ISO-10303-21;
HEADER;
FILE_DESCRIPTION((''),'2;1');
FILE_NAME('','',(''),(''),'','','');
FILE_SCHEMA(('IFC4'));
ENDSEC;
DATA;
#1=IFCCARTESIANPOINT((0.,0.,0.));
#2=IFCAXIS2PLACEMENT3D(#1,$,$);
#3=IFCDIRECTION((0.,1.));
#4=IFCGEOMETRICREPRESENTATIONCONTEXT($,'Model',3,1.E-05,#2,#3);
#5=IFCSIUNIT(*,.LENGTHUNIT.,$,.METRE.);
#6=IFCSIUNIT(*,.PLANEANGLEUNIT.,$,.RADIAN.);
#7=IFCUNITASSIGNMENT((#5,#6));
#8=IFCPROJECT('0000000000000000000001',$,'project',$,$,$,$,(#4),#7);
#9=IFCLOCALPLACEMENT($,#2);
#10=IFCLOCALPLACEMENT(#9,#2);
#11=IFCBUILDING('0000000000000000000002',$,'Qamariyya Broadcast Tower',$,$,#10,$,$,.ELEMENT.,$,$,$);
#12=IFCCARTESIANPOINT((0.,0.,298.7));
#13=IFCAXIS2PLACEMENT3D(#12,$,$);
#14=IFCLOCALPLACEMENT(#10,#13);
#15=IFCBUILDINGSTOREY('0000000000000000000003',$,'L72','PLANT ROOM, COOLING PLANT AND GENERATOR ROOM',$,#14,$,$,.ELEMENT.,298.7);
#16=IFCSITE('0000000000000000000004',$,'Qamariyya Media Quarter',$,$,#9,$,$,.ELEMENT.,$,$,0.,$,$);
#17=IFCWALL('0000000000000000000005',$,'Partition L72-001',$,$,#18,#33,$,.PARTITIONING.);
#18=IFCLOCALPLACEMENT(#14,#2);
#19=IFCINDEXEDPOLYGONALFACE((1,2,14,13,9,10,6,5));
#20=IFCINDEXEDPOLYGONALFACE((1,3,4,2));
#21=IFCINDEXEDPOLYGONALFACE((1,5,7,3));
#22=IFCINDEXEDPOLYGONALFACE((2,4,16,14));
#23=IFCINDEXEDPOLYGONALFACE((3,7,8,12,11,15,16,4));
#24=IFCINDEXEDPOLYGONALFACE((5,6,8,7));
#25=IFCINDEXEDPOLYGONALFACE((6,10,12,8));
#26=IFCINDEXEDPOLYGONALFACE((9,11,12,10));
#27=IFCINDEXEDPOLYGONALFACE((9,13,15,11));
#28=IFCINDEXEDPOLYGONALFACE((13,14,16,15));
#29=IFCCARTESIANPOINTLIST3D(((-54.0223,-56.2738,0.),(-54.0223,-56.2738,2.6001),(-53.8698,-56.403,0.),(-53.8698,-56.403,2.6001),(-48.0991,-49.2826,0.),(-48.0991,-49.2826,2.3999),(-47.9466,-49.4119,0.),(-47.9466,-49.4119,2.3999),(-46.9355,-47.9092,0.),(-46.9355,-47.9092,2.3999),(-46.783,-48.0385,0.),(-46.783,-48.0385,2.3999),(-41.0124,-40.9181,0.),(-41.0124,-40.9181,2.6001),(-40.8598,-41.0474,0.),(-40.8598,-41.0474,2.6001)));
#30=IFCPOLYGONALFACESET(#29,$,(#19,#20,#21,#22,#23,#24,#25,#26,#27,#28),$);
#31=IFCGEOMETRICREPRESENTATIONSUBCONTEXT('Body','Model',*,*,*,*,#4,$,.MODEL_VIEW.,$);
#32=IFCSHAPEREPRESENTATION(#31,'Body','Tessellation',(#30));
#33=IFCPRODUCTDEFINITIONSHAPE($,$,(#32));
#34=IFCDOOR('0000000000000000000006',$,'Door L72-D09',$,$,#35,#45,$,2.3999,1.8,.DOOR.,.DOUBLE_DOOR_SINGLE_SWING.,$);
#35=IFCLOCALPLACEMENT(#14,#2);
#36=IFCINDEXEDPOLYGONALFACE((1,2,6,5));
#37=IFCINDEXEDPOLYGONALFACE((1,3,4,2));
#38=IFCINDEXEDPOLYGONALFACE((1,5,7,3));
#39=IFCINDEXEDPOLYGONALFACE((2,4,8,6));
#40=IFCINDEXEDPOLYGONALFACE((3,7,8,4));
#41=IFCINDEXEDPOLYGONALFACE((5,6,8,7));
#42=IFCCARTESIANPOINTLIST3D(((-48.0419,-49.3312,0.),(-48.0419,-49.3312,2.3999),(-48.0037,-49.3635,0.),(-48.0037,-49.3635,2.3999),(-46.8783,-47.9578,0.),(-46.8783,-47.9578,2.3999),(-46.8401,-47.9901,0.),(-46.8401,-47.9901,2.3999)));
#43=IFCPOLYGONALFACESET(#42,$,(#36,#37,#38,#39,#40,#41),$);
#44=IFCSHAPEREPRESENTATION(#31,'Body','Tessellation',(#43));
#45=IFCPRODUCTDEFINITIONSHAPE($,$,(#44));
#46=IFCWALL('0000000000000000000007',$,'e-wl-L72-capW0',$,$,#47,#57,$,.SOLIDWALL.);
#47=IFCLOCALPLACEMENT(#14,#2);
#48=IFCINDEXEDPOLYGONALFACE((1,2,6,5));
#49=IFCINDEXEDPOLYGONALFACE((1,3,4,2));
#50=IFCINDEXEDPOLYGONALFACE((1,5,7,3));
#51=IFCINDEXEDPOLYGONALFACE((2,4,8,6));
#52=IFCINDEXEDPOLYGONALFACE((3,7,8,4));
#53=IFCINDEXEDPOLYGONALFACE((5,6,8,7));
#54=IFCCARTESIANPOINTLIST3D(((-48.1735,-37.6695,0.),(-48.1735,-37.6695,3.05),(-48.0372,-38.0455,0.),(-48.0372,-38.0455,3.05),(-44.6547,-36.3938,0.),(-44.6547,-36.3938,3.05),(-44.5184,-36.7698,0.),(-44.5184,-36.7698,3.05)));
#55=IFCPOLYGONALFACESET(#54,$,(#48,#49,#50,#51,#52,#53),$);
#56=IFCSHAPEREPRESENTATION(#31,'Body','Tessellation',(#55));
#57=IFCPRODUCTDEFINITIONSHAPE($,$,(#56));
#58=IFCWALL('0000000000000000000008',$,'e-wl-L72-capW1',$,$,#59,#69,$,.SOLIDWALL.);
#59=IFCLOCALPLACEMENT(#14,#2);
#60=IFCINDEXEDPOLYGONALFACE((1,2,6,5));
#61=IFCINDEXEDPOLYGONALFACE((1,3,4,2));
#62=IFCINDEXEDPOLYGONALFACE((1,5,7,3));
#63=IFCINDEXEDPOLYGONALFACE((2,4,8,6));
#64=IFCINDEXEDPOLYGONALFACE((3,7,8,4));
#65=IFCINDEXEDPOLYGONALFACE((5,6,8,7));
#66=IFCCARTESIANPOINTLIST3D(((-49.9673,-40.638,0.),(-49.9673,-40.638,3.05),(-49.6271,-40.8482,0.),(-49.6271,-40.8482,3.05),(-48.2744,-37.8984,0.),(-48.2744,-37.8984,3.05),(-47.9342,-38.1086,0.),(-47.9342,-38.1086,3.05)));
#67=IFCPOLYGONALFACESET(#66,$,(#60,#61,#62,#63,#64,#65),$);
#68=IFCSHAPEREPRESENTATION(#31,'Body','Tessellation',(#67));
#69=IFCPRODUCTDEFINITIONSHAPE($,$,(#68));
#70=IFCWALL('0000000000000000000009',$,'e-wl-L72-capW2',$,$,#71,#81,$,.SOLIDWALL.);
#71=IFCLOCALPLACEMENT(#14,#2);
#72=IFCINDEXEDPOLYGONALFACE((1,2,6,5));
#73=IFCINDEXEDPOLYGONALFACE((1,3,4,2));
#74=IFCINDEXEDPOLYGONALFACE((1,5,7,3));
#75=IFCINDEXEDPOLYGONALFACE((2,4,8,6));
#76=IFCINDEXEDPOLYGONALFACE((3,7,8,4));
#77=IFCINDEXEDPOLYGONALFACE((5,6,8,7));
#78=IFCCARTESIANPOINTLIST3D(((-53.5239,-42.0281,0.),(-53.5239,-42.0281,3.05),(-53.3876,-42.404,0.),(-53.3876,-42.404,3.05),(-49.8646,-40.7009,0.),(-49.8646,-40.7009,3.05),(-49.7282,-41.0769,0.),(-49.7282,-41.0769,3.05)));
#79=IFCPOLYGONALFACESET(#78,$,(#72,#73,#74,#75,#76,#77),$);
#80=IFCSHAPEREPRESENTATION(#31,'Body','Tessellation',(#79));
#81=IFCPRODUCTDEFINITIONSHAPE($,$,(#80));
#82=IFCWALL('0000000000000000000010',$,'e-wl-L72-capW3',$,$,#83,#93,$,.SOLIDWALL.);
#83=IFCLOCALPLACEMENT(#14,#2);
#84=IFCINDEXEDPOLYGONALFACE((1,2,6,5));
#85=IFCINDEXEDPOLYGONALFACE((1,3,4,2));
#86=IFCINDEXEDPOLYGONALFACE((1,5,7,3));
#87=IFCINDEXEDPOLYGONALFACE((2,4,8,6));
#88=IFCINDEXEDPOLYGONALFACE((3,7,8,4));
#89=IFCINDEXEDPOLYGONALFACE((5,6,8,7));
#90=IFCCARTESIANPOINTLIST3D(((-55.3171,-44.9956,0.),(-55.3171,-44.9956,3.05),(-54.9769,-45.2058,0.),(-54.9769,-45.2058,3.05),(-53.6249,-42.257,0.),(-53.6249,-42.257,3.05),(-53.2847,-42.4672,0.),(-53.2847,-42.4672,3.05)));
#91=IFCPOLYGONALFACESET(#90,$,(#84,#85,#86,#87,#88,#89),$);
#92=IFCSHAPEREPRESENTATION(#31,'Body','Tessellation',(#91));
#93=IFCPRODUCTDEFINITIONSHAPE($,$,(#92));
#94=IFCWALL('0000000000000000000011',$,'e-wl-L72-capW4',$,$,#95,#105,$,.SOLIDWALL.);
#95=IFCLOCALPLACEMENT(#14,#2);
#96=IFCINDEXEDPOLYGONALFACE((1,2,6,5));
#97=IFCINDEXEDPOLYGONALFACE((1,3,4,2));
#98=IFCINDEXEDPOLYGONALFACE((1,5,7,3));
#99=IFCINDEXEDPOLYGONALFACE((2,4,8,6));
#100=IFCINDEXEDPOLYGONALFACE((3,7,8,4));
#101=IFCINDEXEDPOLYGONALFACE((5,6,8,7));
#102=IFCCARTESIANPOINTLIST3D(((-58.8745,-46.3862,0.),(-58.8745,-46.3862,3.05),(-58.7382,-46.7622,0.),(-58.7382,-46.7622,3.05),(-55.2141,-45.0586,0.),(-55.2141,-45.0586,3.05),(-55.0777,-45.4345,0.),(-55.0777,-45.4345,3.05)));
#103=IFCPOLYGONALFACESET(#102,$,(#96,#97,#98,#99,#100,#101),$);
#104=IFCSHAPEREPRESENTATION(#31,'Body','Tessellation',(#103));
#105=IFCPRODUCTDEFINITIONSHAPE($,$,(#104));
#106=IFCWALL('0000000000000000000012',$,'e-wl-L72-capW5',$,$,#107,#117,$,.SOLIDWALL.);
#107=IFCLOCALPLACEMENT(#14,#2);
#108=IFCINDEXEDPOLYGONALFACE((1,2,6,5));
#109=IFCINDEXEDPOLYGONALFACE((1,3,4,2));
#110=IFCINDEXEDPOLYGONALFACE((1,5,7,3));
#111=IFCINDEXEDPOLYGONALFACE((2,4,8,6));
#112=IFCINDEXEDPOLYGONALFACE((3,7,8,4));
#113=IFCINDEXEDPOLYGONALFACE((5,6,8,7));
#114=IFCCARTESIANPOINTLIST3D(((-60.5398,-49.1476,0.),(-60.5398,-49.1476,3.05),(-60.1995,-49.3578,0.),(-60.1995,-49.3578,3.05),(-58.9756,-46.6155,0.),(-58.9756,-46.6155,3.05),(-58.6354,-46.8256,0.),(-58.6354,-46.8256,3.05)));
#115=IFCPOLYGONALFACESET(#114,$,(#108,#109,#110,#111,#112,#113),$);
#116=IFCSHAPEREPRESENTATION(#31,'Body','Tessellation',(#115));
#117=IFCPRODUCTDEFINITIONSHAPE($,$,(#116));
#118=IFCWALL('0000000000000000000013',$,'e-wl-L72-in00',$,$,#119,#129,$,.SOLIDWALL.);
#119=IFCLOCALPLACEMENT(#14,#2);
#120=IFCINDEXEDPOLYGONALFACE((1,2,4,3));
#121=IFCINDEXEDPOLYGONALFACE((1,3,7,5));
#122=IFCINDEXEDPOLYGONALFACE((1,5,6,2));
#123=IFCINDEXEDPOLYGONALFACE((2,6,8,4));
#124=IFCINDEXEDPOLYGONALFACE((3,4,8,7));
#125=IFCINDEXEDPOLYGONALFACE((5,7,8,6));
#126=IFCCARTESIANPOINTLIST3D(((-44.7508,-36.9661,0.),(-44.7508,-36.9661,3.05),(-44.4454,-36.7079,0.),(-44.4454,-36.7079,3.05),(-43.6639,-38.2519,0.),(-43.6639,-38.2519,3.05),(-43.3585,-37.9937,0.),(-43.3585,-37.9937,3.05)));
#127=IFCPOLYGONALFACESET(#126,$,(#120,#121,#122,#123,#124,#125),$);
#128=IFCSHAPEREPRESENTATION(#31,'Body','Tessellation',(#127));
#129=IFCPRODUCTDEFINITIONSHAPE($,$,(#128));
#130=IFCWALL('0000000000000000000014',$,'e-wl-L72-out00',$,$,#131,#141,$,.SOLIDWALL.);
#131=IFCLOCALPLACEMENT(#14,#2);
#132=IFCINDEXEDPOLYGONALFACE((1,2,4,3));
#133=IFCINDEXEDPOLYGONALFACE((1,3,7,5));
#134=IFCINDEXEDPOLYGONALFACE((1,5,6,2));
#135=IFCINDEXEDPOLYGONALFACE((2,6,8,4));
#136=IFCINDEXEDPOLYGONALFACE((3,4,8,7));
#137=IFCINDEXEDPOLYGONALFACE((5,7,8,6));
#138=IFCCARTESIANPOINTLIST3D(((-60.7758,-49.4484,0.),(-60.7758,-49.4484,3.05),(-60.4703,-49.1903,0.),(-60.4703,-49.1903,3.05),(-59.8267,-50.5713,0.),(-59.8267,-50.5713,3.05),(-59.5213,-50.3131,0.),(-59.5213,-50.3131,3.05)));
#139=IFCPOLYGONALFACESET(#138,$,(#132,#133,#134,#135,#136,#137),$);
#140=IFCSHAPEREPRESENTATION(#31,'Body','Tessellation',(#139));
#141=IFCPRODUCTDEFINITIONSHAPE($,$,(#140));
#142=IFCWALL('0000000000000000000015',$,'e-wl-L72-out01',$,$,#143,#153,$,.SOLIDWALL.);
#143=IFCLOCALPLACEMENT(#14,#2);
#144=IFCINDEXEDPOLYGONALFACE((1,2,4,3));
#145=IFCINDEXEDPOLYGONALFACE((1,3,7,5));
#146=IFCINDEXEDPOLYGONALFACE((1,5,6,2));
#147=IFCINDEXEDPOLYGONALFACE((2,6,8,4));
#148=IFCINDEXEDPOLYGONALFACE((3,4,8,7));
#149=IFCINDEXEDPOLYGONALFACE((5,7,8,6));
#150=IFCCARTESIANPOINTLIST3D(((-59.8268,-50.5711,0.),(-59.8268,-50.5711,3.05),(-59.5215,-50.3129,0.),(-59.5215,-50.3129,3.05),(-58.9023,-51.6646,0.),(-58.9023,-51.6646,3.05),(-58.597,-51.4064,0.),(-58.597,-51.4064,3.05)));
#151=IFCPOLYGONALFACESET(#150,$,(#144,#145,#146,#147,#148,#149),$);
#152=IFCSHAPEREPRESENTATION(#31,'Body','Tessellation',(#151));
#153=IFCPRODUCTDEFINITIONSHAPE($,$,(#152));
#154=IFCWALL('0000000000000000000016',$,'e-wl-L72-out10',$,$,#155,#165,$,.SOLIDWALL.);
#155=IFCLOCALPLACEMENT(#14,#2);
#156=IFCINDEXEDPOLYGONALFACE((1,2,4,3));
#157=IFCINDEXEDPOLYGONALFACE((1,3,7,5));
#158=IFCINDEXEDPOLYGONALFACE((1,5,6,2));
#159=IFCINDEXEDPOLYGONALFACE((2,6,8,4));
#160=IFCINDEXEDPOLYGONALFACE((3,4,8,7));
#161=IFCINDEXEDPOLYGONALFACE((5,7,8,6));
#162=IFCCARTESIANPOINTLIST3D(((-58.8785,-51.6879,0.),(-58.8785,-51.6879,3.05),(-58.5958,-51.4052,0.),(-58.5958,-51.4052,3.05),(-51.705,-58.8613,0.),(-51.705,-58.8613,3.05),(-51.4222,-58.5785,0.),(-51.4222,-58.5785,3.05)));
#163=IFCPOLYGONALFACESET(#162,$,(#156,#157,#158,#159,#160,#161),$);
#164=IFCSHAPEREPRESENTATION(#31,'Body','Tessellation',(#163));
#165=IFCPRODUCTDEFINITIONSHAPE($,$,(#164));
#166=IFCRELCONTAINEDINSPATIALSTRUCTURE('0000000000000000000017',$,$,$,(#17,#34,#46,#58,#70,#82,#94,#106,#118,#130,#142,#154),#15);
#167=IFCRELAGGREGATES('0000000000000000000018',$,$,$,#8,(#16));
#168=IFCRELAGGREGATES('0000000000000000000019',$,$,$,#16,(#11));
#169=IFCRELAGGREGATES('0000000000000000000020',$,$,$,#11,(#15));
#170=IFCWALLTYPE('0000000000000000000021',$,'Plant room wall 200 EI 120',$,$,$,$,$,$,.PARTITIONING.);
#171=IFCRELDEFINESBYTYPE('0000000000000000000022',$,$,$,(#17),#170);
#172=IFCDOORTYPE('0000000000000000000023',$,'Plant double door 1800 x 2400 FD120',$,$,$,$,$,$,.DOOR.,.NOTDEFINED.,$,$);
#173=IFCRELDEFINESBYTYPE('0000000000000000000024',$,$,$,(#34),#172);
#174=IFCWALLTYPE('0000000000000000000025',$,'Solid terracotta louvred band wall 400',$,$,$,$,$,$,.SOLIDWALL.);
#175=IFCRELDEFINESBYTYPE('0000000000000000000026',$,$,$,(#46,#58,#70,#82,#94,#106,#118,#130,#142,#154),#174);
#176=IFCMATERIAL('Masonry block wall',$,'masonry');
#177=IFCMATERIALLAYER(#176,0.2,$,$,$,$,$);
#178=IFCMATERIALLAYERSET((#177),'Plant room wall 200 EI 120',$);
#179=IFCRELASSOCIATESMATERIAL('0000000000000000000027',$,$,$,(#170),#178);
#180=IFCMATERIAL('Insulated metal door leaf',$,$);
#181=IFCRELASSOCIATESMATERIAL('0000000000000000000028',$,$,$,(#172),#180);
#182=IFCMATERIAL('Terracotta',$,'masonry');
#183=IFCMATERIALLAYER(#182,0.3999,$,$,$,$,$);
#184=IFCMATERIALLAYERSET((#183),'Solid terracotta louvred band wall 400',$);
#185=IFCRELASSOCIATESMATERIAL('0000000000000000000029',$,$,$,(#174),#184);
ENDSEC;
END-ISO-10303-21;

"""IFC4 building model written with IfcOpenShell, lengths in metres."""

from ifc_helpers import new_model, si_unit, direction, frame, frame_2d, origin, place, context, subcontext, project, spatial, rectangle, extrude, material, layer, layer_set, type_object, element, fill, save


model = new_model("IFC4")

# Units and contexts
model_context = context("Model", 3, precision=1e-05, world=origin(), true_north=direction((0.0, 1.0)))
body_context = subcontext(model_context, "Body", "Model", "MODEL_VIEW")
ifc_project = project(units=[si_unit("LENGTHUNIT", "METRE"), si_unit("PLANEANGLEUNIT", "RADIAN")], contexts=[model_context])

# Site, building, storey
site_placement = place(None, origin())
site = spatial("IfcSite", under=ifc_project, at=site_placement, Name="Qamariyya Media Quarter", CompositionType="ELEMENT", RefElevation=0.0)
building_placement = place(site_placement, origin())
building = spatial("IfcBuilding", under=site, at=building_placement, Name="Qamariyya Broadcast Tower", CompositionType="ELEMENT")
storey_placement = place(building_placement, frame((0.0, 0.0, 298.7)))
storey = spatial("IfcBuildingStorey", under=building, at=storey_placement, Name="L72", Description="PLANT ROOM, COOLING PLANT AND GENERATOR ROOM", CompositionType="ELEMENT", Elevation=298.7)

# Wall, opening, door
ifc_material_1 = material(Name="Masonry block wall", Category="masonry")
ifc_layer_1 = layer(ifc_material_1, 0.2)
ifc_layer_set_1 = layer_set([ifc_layer_1], Name="Plant room wall 200 EI 120")
wall_type_1 = type_object("IfcWallType", Name="Plant room wall 200 EI 120", PredefinedType="PARTITIONING", material=ifc_layer_set_1)
wall_1_placement = place(storey_placement, frame((-53.946, -56.3384, 0.0), z_axis=(0.0, 0.0, 1.0), x_axis=(0.646426, 0.762977, 0.0)))
wall_1 = element("IfcWall", 1, at=wall_1_placement, inside=storey, type_object=wall_type_1, Name="Partition L72-001", PredefinedType="PARTITIONING", context=body_context, shape_type="SweptSolid", body=[
    extrude(rectangle(XDim=20.126, YDim=0.2, at=frame_2d((10.063, 0.0))), origin(), (0.0, 0.0, 1.0), 2.6001),
])
opening_1_placement = place(wall_1_placement, frame((9.1631, 0.0, 0.0)))
opening_1 = element("IfcOpeningElement", 2, at=opening_1_placement, cuts=wall_1, PredefinedType="OPENING", context=body_context, shape_type="SweptSolid", body=[
    extrude(rectangle(XDim=1.8, YDim=2.3999, at=frame_2d((0.8999, 1.2))), frame((0.0, 0.1099, 0.0), z_axis=(0.0, -1.0, 0.0), x_axis=(1.0, 0.0, 0.0)), (0.0, 0.0, 1.0), 0.22),
])
ifc_material_2 = material(Name="Insulated metal door leaf")
door_type_1 = type_object("IfcDoorType", Name="Plant double door 1800 x 2400 FD120", OperationType="NOTDEFINED", PredefinedType="DOOR", material=ifc_material_2)
door_1_placement = place(opening_1_placement, origin())
door_1 = element("IfcDoor", 3, at=door_1_placement, inside=storey, type_object=door_type_1, Name="Door L72-D09", OperationType="DOUBLE_DOOR_SINGLE_SWING", OverallHeight=2.3999, OverallWidth=1.8, PredefinedType="DOOR", context=body_context, shape_type="SweptSolid", body=[
    extrude(rectangle(XDim=1.8, YDim=2.3999, at=frame_2d((0.8999, 1.2))), frame((0.0, 0.0249, 0.0), z_axis=(0.0, -1.0, 0.0), x_axis=(1.0, 0.0, 0.0)), (0.0, 0.0, 1.0), 0.05),
])
fill(opening_1, door_1)

# Walls
ifc_material_3 = material(Name="Terracotta", Category="masonry")
ifc_layer_2 = layer(ifc_material_3, 0.3999)
ifc_layer_set_2 = layer_set([ifc_layer_2], Name="Solid terracotta louvred band wall 400")
wall_type_2 = type_object("IfcWallType", Name="Solid terracotta louvred band wall 400", PredefinedType="SOLIDWALL", material=ifc_layer_set_2)
wall_2_placement = place(storey_placement, frame((-44.5864, -36.5818, 0.0), z_axis=(0.0, 0.0, 1.0), x_axis=(-0.94013, -0.340816, 0.0)))
element("IfcWall", 4, at=wall_2_placement, inside=storey, type_object=wall_type_2, Name="e-wl-L72-capW0", PredefinedType="SOLIDWALL", context=body_context, shape_type="SweptSolid", body=[
    extrude(rectangle(XDim=3.7429, YDim=0.3999, at=frame_2d((1.8716, 0.0))), origin(), (0.0, 0.0, 1.0), 3.05),
])
wall_3_placement = place(storey_placement, frame((-48.1042, -38.0034, 0.0), z_axis=(0.0, 0.0, 1.0), x_axis=(-0.525678, -0.850683, 0.0)))
element("IfcWall", 5, at=wall_3_placement, inside=storey, type_object=wall_type_2, Name="e-wl-L72-capW1", PredefinedType="SOLIDWALL", context=body_context, shape_type="SweptSolid", body=[
    extrude(rectangle(XDim=3.2205, YDim=0.3999, at=frame_2d((1.6104, 0.0))), origin(), (0.0, 0.0, 1.0), 3.05),
])
wall_4_placement = place(storey_placement, frame((-49.7964, -40.8889, 0.0), z_axis=(0.0, 0.0, 1.0), x_axis=(-0.940086, -0.340937, 0.0)))
element("IfcWall", 6, at=wall_4_placement, inside=storey, type_object=wall_type_2, Name="e-wl-L72-capW2", PredefinedType="SOLIDWALL", context=body_context, shape_type="SweptSolid", body=[
    extrude(rectangle(XDim=3.8926, YDim=0.3999, at=frame_2d((1.9463, 0.0))), origin(), (0.0, 0.0, 1.0), 3.05),
])
wall_5_placement = place(storey_placement, frame((-53.4548, -42.3621, 0.0), z_axis=(0.0, 0.0, 1.0), x_axis=(-0.525649, -0.850701, 0.0)))
element("IfcWall", 7, at=wall_5_placement, inside=storey, type_object=wall_type_2, Name="e-wl-L72-capW3", PredefinedType="SOLIDWALL", context=body_context, shape_type="SweptSolid", body=[
    extrude(rectangle(XDim=3.2192, YDim=0.3999, at=frame_2d((1.6096, 0.0))), origin(), (0.0, 0.0, 1.0), 3.05),
])
wall_6_placement = place(storey_placement, frame((-55.146, -45.2466, 0.0), z_axis=(0.0, 0.0, 1.0), x_axis=(-0.940075, -0.340968, 0.0)))
element("IfcWall", 8, at=wall_6_placement, inside=storey, type_object=wall_type_2, Name="e-wl-L72-capW4", PredefinedType="SOLIDWALL", context=body_context, shape_type="SweptSolid", body=[
    extrude(rectangle(XDim=3.8938, YDim=0.3999, at=frame_2d((1.9468, 0.0))), origin(), (0.0, 0.0, 1.0), 3.05),
])
wall_7_placement = place(storey_placement, frame((-58.8054, -46.7205, 0.0), z_axis=(0.0, 0.0, 1.0), x_axis=(-0.525538, -0.85077, 0.0)))
element("IfcWall", 9, at=wall_7_placement, inside=storey, type_object=wall_type_2, Name="e-wl-L72-capW5", PredefinedType="SOLIDWALL", context=body_context, shape_type="SweptSolid", body=[
    extrude(rectangle(XDim=2.9763, YDim=0.3999, at=frame_2d((1.4883, 0.0))), origin(), (0.0, 0.0, 1.0), 3.05),
])
wall_8_placement = place(storey_placement, frame((-43.5112, -38.1228, 0.0), z_axis=(0.0, 0.0, 1.0), x_axis=(-0.645546, 0.763722, 0.0)))
element("IfcWall", 10, at=wall_8_placement, inside=storey, type_object=wall_type_2, Name="e-wl-L72-in00", PredefinedType="SOLIDWALL", context=body_context, shape_type="SweptSolid", body=[
    extrude(rectangle(XDim=1.6836, YDim=0.3999, at=frame_2d((0.8418, 0.0))), origin(), (0.0, 0.0, 1.0), 3.05),
])
wall_9_placement = place(storey_placement, frame((-60.623, -49.3193, 0.0), z_axis=(0.0, 0.0, 1.0), x_axis=(0.64551, -0.763752, 0.0)))
element("IfcWall", 11, at=wall_9_placement, inside=storey, type_object=wall_type_2, Name="e-wl-L72-out00", PredefinedType="SOLIDWALL", context=body_context, shape_type="SweptSolid", body=[
    extrude(rectangle(XDim=1.4702, YDim=0.3999, at=frame_2d((0.7351, 0.0))), origin(), (0.0, 0.0, 1.0), 3.05),
])
wall_10_placement = place(storey_placement, frame((-59.6741, -50.4421, 0.0), z_axis=(0.0, 0.0, 1.0), x_axis=(0.645652, -0.763632, 0.0)))
element("IfcWall", 12, at=wall_10_placement, inside=storey, type_object=wall_type_2, Name="e-wl-L72-out01", PredefinedType="SOLIDWALL", context=body_context, shape_type="SweptSolid", body=[
    extrude(rectangle(XDim=1.4319, YDim=0.3999, at=frame_2d((0.7158, 0.0))), origin(), (0.0, 0.0, 1.0), 3.05),
])
wall_11_placement = place(storey_placement, frame((-58.7371, -51.5466, 0.0), z_axis=(0.0, 0.0, 1.0), x_axis=(0.707119, -0.707095, 0.0)))
element("IfcWall", 13, at=wall_11_placement, inside=storey, type_object=wall_type_2, Name="e-wl-L72-out10", PredefinedType="SOLIDWALL", context=body_context, shape_type="SweptSolid", body=[
    extrude(rectangle(XDim=10.1448, YDim=0.3999, at=frame_2d((5.0723, 0.0))), origin(), (0.0, 0.0, 1.0), 3.05),
])

save(model, "model.ifc")
